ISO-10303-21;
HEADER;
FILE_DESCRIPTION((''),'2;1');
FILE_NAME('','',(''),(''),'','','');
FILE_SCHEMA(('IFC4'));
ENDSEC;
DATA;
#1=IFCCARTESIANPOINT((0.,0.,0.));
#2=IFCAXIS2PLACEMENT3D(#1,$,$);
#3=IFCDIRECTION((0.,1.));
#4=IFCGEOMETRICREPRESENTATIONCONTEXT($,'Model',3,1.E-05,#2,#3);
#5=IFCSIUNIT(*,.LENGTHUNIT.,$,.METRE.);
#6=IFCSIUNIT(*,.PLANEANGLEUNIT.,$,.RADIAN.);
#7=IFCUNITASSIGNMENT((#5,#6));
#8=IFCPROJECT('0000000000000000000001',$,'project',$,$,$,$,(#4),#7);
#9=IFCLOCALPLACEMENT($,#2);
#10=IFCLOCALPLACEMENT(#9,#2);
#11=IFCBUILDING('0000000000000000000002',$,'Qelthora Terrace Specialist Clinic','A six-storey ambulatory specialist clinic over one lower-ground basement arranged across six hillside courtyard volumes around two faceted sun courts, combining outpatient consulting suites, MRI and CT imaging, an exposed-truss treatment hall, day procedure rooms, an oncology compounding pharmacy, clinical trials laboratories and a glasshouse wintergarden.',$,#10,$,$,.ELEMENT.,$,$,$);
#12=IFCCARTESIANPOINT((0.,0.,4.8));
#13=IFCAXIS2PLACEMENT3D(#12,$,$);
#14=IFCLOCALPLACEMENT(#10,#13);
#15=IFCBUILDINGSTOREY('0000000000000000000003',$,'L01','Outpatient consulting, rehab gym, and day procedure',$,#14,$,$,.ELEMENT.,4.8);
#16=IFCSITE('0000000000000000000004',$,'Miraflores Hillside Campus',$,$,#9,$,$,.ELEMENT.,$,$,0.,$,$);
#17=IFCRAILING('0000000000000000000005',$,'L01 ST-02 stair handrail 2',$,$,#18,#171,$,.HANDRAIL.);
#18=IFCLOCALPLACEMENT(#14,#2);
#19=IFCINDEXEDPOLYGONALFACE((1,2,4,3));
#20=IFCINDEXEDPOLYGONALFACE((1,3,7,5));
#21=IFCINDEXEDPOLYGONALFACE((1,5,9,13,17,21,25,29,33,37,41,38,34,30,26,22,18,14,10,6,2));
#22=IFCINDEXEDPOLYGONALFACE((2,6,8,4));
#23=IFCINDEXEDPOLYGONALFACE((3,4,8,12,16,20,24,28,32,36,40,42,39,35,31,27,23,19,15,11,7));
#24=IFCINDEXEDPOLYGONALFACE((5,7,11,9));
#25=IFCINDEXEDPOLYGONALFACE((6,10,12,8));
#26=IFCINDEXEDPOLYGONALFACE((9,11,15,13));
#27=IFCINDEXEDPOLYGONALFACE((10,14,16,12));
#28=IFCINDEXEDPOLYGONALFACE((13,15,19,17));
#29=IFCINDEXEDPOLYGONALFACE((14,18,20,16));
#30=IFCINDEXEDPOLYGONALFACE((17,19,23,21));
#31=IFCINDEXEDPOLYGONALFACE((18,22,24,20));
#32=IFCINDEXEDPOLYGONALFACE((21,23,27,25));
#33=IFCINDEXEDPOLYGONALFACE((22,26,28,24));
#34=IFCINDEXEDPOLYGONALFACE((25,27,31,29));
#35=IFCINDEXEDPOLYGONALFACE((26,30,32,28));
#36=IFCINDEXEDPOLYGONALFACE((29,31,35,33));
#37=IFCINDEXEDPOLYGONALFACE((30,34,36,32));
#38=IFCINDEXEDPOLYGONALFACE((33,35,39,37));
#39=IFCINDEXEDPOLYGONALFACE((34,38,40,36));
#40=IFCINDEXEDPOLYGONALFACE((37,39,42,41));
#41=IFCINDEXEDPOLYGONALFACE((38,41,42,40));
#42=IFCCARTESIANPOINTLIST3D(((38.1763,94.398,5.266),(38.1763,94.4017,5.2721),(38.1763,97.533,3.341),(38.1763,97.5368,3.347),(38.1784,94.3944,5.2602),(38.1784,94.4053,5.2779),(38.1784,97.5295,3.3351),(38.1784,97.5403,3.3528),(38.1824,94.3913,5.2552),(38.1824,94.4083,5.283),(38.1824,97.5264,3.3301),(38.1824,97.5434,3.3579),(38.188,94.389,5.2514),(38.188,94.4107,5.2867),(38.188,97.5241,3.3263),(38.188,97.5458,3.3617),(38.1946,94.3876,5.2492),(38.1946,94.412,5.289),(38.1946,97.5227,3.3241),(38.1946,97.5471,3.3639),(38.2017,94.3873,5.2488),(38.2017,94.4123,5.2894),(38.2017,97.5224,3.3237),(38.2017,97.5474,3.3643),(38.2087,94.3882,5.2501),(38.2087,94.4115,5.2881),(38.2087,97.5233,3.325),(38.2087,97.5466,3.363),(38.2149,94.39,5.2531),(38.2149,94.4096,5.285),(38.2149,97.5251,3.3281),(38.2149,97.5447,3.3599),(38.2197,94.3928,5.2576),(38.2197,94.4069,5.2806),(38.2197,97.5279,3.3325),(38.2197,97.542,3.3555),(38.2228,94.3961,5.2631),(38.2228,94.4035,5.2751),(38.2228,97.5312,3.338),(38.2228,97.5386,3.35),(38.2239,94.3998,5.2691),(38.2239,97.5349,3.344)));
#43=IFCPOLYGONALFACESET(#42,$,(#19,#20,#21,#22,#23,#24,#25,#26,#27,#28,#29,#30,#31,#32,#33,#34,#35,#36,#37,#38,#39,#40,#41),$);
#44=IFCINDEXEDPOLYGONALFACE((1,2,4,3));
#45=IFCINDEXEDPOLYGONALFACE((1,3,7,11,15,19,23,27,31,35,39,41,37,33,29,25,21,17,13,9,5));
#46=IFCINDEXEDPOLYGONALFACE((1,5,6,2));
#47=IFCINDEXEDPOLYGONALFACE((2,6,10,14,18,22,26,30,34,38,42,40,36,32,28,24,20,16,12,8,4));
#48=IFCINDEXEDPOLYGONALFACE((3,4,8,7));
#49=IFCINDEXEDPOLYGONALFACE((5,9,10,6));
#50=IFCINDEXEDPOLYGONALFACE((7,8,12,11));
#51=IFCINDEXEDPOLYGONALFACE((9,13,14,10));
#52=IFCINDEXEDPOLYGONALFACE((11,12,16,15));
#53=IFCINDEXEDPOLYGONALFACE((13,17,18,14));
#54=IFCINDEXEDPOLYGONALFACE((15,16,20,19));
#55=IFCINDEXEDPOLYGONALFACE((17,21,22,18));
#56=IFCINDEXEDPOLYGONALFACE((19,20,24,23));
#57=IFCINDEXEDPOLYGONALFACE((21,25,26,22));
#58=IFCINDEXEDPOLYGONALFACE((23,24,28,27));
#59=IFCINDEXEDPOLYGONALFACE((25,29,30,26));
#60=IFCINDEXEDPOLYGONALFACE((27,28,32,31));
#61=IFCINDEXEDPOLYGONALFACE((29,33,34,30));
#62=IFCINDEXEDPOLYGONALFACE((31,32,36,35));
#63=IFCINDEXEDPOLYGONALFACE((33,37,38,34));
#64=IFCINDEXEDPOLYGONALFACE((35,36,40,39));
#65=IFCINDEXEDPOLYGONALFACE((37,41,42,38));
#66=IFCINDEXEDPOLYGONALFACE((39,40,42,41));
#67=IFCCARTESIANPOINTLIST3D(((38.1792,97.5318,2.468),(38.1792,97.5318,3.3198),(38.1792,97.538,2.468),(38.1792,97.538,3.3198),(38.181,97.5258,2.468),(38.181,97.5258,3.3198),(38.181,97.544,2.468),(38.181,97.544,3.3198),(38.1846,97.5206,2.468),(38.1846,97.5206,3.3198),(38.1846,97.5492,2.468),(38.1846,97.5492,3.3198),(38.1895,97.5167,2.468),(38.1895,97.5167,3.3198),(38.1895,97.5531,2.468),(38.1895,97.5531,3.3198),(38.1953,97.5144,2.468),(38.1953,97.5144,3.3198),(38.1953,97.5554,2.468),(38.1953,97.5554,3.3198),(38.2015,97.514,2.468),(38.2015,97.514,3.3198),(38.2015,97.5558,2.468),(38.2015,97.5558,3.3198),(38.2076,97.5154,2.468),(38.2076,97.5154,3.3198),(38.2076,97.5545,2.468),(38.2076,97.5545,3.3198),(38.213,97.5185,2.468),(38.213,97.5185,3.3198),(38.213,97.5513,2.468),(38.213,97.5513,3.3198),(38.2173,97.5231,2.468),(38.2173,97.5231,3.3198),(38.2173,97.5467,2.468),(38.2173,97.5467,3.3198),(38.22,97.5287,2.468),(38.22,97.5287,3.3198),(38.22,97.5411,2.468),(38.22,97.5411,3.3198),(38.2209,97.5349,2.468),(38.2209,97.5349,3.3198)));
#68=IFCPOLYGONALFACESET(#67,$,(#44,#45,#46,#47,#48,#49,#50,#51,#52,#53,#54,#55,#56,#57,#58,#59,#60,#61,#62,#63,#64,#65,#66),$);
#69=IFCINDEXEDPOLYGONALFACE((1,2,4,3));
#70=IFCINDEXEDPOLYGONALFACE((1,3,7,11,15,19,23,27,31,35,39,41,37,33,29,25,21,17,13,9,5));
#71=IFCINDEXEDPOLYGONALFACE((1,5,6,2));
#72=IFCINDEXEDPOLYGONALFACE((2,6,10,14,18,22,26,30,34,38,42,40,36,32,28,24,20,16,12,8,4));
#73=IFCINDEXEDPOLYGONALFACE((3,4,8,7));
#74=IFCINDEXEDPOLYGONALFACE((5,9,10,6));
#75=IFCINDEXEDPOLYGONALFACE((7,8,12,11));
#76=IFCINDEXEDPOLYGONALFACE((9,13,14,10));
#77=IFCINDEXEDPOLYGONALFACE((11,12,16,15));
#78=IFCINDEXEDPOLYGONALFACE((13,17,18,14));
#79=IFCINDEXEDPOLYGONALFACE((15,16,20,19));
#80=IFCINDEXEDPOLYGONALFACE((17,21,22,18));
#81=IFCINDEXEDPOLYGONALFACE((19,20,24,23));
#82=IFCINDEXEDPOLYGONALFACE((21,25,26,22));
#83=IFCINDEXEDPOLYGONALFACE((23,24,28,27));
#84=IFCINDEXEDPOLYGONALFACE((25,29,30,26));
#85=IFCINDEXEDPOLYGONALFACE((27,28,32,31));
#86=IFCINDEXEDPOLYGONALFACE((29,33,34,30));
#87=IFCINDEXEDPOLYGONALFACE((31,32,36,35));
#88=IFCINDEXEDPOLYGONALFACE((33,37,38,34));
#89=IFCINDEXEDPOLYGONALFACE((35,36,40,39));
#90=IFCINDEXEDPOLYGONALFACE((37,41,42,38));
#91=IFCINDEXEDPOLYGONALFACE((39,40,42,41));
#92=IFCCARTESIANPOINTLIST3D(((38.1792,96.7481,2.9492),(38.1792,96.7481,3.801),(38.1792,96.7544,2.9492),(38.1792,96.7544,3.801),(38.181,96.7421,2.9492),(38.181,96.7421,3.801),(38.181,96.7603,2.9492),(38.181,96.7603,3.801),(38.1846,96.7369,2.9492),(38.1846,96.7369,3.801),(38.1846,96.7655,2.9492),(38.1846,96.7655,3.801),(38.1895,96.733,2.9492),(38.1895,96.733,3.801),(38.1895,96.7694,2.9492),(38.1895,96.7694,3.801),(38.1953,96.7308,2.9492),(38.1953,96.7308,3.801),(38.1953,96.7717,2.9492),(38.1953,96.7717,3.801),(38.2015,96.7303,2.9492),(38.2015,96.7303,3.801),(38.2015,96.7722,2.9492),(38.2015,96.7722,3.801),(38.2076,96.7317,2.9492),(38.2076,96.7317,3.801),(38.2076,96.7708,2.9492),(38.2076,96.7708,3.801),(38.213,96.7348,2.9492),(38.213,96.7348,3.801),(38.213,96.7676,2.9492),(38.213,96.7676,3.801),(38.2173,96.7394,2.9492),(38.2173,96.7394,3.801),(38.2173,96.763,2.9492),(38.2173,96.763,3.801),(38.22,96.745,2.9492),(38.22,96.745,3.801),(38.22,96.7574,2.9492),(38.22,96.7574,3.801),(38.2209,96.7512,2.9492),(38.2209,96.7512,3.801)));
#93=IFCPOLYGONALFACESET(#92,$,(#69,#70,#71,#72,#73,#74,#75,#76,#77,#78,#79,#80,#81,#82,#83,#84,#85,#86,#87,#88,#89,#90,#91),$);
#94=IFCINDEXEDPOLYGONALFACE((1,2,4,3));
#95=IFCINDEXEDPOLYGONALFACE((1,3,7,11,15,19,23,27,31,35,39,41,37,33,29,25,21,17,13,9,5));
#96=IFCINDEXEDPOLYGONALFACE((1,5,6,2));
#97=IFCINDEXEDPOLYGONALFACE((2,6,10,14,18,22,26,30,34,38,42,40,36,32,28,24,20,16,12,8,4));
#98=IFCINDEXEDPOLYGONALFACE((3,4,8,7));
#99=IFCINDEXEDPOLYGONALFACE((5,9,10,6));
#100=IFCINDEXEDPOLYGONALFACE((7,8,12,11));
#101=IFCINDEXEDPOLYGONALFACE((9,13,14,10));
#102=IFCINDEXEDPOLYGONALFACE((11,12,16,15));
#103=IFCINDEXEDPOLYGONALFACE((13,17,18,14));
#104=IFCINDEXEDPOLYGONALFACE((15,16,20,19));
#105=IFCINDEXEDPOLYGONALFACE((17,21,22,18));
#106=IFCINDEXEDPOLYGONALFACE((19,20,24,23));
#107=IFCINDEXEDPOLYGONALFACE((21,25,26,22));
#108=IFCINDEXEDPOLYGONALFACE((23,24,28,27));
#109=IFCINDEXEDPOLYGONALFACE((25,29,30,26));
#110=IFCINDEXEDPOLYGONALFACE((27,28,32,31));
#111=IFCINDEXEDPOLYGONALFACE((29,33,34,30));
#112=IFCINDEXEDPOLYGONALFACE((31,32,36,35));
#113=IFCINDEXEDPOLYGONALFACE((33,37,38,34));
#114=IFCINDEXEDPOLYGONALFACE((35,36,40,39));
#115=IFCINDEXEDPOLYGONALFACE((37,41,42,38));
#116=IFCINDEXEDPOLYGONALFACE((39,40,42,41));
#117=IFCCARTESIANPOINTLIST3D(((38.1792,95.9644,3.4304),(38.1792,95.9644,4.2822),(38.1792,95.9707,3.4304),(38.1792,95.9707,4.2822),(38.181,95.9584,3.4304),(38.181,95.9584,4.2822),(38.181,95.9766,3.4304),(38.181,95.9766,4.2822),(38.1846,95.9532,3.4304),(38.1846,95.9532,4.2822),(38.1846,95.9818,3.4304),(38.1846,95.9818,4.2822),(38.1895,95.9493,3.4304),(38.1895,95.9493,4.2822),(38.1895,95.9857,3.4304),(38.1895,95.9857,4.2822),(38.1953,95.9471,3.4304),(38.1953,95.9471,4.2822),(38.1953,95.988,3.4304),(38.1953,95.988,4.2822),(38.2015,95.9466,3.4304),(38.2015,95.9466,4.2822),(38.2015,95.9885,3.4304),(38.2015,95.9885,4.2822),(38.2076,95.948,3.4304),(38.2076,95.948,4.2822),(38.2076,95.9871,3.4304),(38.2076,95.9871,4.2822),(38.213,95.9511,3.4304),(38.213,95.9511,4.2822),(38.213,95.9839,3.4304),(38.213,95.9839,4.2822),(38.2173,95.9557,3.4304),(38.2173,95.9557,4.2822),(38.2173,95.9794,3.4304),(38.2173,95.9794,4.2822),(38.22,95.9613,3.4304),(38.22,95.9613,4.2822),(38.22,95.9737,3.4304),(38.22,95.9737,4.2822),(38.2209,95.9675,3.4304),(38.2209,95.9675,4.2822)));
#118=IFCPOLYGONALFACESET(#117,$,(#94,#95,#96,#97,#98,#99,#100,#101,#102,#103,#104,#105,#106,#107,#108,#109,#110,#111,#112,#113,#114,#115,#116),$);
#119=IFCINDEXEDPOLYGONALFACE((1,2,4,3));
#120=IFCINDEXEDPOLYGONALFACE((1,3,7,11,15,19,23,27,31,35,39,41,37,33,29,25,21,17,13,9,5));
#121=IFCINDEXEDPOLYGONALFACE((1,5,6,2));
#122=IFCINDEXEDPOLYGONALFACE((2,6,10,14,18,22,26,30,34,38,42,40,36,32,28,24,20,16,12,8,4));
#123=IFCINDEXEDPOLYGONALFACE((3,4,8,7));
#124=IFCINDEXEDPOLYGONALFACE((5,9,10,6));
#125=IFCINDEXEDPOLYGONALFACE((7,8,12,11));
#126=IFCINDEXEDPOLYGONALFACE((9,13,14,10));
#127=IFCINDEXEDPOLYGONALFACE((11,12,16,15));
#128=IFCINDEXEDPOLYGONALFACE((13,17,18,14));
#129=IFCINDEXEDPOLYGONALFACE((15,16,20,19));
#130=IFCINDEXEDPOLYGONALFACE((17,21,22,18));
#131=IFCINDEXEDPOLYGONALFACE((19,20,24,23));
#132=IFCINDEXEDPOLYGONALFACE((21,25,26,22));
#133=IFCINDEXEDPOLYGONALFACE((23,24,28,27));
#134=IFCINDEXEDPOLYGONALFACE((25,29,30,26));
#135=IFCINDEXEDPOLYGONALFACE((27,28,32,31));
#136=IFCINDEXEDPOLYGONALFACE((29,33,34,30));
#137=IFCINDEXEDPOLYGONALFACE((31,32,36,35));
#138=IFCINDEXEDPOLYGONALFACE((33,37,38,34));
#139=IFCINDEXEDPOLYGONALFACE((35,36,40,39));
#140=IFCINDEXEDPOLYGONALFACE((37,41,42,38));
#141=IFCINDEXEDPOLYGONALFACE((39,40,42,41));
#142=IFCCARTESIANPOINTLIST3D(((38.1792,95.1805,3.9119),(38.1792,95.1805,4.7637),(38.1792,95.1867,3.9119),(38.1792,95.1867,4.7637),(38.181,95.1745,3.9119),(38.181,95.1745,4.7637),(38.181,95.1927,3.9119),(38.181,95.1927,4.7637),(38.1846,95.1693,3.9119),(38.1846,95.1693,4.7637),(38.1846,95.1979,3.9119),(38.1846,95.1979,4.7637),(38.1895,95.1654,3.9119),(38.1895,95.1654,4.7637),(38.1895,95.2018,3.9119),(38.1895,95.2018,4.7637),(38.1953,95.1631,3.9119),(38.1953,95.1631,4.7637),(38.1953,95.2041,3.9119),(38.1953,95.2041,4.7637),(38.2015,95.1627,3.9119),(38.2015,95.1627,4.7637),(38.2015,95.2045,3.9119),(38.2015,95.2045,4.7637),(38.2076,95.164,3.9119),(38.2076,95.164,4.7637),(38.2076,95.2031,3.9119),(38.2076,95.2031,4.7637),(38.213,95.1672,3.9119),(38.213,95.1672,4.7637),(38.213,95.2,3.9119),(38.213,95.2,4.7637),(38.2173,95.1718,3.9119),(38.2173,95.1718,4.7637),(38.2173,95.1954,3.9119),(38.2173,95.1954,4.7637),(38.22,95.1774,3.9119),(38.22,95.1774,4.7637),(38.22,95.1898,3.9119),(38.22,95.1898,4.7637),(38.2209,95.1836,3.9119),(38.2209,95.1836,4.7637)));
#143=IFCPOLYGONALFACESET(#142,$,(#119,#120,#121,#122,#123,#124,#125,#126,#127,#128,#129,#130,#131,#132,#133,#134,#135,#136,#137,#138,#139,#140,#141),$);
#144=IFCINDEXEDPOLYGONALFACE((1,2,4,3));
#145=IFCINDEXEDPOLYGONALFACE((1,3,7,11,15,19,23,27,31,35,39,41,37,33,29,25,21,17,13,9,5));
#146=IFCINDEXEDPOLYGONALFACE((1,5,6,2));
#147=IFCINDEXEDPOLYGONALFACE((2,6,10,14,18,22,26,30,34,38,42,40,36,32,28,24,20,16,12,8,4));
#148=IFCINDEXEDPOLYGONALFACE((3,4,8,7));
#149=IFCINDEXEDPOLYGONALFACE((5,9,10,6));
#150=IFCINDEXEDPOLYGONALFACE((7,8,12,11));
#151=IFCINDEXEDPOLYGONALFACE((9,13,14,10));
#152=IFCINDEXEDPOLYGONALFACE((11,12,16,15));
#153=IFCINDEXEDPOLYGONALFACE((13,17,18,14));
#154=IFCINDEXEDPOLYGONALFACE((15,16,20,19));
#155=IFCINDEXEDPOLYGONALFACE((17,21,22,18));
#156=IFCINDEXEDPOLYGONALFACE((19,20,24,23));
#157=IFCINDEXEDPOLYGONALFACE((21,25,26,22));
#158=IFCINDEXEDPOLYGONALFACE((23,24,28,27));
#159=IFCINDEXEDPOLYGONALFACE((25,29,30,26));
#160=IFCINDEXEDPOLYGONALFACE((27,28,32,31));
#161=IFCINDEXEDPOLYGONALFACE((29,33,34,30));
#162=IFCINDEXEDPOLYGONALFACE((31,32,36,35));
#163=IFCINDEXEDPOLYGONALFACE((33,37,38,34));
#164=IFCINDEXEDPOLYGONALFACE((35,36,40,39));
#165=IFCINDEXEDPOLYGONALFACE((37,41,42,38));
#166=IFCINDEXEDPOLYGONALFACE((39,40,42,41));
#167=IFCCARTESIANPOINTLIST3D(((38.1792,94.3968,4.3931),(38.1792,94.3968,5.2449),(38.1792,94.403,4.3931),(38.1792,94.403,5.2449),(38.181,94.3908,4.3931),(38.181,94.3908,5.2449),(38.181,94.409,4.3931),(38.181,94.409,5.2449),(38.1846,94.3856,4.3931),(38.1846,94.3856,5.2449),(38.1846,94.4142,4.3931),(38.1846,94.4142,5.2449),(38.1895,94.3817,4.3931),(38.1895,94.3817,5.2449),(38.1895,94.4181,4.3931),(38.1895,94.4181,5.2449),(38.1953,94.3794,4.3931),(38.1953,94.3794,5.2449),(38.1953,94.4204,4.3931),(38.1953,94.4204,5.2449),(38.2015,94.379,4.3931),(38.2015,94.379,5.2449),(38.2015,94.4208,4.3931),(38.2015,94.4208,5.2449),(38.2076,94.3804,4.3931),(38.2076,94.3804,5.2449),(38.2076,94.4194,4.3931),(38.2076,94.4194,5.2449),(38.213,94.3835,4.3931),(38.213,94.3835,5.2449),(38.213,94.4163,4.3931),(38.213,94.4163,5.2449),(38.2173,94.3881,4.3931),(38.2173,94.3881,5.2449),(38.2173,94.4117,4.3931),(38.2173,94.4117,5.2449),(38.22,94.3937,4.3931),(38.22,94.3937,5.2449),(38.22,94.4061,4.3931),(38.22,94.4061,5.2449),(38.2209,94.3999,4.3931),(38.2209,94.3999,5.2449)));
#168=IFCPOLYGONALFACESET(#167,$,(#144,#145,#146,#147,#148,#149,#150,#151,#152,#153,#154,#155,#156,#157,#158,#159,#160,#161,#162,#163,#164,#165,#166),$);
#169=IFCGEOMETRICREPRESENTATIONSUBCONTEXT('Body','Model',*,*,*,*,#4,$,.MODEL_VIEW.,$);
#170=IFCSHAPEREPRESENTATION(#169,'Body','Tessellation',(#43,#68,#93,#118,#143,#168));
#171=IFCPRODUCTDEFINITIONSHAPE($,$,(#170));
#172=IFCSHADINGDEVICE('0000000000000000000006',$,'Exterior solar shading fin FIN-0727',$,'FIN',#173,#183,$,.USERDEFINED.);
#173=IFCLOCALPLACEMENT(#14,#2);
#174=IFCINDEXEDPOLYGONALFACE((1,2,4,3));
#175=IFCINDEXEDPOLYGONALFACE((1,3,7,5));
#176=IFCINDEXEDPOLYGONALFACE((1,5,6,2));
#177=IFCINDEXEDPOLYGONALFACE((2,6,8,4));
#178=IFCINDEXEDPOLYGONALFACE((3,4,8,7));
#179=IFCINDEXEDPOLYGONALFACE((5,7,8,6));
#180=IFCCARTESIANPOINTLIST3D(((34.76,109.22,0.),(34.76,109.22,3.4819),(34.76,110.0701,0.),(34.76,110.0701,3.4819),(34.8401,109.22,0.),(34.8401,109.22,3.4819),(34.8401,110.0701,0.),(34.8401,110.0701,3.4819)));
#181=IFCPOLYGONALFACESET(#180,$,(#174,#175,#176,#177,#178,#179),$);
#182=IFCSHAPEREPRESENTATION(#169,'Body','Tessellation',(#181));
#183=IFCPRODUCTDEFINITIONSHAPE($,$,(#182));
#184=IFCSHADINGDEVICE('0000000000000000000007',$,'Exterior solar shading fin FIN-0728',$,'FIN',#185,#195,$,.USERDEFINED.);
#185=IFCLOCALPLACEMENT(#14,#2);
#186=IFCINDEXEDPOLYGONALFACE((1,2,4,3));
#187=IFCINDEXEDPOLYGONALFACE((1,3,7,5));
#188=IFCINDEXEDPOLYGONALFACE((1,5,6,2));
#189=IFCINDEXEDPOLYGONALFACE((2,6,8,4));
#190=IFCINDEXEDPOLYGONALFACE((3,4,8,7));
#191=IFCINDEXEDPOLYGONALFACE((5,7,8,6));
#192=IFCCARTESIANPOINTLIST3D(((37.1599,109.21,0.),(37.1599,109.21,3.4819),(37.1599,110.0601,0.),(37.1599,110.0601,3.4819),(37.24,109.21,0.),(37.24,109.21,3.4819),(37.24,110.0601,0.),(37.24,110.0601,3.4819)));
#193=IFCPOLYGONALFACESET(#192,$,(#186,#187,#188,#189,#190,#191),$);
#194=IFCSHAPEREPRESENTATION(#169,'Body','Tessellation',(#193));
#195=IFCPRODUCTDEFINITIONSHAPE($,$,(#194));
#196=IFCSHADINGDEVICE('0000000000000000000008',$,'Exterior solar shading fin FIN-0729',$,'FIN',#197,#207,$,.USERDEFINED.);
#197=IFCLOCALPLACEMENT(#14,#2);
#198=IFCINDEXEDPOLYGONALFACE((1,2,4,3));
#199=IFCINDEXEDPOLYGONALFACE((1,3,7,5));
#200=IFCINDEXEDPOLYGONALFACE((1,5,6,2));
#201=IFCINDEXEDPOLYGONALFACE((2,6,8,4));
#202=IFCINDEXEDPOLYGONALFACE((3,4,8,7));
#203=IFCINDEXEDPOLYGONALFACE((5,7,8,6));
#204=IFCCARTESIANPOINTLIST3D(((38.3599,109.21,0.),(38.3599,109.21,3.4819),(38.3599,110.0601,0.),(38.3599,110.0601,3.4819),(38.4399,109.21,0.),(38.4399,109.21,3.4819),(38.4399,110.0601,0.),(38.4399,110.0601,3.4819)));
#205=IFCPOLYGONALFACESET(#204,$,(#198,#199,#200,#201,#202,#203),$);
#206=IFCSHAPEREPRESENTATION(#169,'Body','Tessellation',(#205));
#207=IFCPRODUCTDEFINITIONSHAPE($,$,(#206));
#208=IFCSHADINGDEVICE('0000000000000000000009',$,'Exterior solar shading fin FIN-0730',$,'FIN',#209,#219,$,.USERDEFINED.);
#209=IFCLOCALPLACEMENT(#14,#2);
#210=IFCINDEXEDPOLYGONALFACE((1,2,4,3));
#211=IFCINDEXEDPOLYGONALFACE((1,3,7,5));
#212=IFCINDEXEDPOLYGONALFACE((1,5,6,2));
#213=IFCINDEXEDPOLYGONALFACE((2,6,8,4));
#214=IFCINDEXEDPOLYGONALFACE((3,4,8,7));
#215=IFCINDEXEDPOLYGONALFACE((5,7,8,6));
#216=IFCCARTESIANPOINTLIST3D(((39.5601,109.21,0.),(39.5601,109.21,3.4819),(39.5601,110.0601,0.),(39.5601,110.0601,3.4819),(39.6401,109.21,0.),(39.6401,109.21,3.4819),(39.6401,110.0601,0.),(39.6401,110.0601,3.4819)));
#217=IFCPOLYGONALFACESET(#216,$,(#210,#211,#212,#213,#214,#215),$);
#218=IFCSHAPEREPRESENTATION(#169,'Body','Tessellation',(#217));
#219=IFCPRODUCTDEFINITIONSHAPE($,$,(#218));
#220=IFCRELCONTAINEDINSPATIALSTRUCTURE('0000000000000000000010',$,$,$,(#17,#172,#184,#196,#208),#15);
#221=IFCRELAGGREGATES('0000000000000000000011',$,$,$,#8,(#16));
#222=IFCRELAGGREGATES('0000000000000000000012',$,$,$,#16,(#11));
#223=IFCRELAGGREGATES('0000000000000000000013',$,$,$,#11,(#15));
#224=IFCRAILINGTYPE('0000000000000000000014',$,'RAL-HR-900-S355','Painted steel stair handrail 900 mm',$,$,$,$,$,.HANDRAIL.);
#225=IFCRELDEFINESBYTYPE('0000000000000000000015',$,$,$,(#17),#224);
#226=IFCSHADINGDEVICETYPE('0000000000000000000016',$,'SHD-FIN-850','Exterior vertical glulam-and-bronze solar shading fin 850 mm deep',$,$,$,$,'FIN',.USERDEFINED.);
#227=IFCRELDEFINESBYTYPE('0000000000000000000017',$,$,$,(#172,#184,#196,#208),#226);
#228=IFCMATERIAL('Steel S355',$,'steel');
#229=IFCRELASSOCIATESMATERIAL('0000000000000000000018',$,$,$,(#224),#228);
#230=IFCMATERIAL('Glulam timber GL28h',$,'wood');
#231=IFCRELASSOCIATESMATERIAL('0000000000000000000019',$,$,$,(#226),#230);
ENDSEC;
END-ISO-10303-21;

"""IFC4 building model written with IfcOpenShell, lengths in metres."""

from ifc_helpers import new_model, si_unit, direction, frame, origin, origin_2d, place, context, subcontext, project, spatial, rectangle, circle, extrude, material, type_object, element, save


model = new_model("IFC4")

# Units and contexts
model_context = context("Model", 3, precision=1e-05, world=origin(), true_north=direction((0.0, 1.0)))
body_context = subcontext(model_context, "Body", "Model", "MODEL_VIEW")
ifc_project = project(units=[si_unit("LENGTHUNIT", "METRE"), si_unit("PLANEANGLEUNIT", "RADIAN")], contexts=[model_context])

# Site, building, storey
site_placement = place(None, origin())
site = spatial("IfcSite", under=ifc_project, at=site_placement, Name="Miraflores Hillside Campus", CompositionType="ELEMENT", RefElevation=0.0)
building_placement = place(site_placement, origin())
building = spatial("IfcBuilding", under=site, at=building_placement, Name="Qelthora Terrace Specialist Clinic", Description="A six-storey ambulatory specialist clinic over one lower-ground basement arranged across six hillside courtyard volumes around two faceted sun courts, combining outpatient consulting suites, MRI and CT imaging, an exposed-truss treatment hall, day procedure rooms, an oncology compounding pharmacy, clinical trials laboratories and a glasshouse wintergarden.", CompositionType="ELEMENT")
storey_placement = place(building_placement, frame((0.0, 0.0, 4.8)))
storey = spatial("IfcBuildingStorey", under=building, at=storey_placement, Name="L01", Description="Outpatient consulting, rehab gym, and day procedure", CompositionType="ELEMENT", Elevation=4.8)

# Shared definitions
ifc_material_1 = material(Name="Steel S355", Category="steel")

# Railing
railing_type_1 = type_object("IfcRailingType", Name="RAL-HR-900-S355", Description="Painted steel stair handrail 900 mm", PredefinedType="HANDRAIL", material=ifc_material_1)
railing_1_placement = place(storey_placement, frame((38.2, 97.5349, 2.468)))
element("IfcRailing", 1, at=railing_1_placement, inside=storey, type_object=railing_type_1, Name="L01 ST-02 stair handrail 2", PredefinedType="HANDRAIL", context=body_context, shape_type="SweptSolid", body=[
    extrude(circle(Radius=0.0239, at=origin_2d()), frame((0.0, 0.0, 0.876), z_axis=(0.0, -0.852166, 0.523271), x_axis=(1.0, 0.0, 0.0)), (0.0, 0.0, 1.0), 3.679),
    extrude(circle(Radius=0.021, at=origin_2d()), origin(), (0.0, 0.0, 1.0), 0.8518),
    extrude(circle(Radius=0.021, at=origin_2d()), frame((0.0, -0.7837, 0.4812)), (0.0, 0.0, 1.0), 0.8518),
    extrude(circle(Radius=0.021, at=origin_2d()), frame((0.0, -1.5674, 0.9624)), (0.0, 0.0, 1.0), 0.8518),
    extrude(circle(Radius=0.021, at=origin_2d()), frame((0.0, -2.3513, 1.4438)), (0.0, 0.0, 1.0), 0.8518),
    extrude(circle(Radius=0.021, at=origin_2d()), frame((0.0, -3.135, 1.925)), (0.0, 0.0, 1.0), 0.8518),
])

# Shading devices
ifc_material_2 = material(Name="Glulam timber GL28h", Category="wood")
shading_device_type = type_object("IfcShadingDeviceType", Name="SHD-FIN-850", Description="Exterior vertical glulam-and-bronze solar shading fin 850 mm deep", ElementType="FIN", PredefinedType="USERDEFINED", material=ifc_material_2)
for number, where, z_axis, x_axis, name in (
    (2, (34.8, 109.645, 0.0), (0.0, 0.0, 1.0), (0.0, 1.0, 0.0), "Exterior solar shading fin FIN-0727"),
    (3, (37.2, 109.635, 0.0), (0.0, 0.0, 1.0), (0.0, 1.0, 0.0), "Exterior solar shading fin FIN-0728"),
    (4, (38.3999, 109.635, 0.0), (0.0, 0.0, 1.0), (0.0, 1.0, 0.0), "Exterior solar shading fin FIN-0729"),
    (5, (39.6001, 109.635, 0.0), (0.0, 0.0, 1.0), (0.0, 1.0, 0.0), "Exterior solar shading fin FIN-0730"),
):
    element("IfcShadingDevice", number, at=place(storey_placement, frame(where, z_axis=z_axis, x_axis=x_axis)), inside=storey, type_object=shading_device_type, Name=name, ObjectType="FIN", PredefinedType="USERDEFINED", context=body_context, shape_type="SweptSolid", body=[
        extrude(rectangle(XDim=0.8501, YDim=0.0801, at=origin_2d()), origin(), (0.0, 0.0, 1.0), 3.4819),
    ])

save(model, "model.ifc")
